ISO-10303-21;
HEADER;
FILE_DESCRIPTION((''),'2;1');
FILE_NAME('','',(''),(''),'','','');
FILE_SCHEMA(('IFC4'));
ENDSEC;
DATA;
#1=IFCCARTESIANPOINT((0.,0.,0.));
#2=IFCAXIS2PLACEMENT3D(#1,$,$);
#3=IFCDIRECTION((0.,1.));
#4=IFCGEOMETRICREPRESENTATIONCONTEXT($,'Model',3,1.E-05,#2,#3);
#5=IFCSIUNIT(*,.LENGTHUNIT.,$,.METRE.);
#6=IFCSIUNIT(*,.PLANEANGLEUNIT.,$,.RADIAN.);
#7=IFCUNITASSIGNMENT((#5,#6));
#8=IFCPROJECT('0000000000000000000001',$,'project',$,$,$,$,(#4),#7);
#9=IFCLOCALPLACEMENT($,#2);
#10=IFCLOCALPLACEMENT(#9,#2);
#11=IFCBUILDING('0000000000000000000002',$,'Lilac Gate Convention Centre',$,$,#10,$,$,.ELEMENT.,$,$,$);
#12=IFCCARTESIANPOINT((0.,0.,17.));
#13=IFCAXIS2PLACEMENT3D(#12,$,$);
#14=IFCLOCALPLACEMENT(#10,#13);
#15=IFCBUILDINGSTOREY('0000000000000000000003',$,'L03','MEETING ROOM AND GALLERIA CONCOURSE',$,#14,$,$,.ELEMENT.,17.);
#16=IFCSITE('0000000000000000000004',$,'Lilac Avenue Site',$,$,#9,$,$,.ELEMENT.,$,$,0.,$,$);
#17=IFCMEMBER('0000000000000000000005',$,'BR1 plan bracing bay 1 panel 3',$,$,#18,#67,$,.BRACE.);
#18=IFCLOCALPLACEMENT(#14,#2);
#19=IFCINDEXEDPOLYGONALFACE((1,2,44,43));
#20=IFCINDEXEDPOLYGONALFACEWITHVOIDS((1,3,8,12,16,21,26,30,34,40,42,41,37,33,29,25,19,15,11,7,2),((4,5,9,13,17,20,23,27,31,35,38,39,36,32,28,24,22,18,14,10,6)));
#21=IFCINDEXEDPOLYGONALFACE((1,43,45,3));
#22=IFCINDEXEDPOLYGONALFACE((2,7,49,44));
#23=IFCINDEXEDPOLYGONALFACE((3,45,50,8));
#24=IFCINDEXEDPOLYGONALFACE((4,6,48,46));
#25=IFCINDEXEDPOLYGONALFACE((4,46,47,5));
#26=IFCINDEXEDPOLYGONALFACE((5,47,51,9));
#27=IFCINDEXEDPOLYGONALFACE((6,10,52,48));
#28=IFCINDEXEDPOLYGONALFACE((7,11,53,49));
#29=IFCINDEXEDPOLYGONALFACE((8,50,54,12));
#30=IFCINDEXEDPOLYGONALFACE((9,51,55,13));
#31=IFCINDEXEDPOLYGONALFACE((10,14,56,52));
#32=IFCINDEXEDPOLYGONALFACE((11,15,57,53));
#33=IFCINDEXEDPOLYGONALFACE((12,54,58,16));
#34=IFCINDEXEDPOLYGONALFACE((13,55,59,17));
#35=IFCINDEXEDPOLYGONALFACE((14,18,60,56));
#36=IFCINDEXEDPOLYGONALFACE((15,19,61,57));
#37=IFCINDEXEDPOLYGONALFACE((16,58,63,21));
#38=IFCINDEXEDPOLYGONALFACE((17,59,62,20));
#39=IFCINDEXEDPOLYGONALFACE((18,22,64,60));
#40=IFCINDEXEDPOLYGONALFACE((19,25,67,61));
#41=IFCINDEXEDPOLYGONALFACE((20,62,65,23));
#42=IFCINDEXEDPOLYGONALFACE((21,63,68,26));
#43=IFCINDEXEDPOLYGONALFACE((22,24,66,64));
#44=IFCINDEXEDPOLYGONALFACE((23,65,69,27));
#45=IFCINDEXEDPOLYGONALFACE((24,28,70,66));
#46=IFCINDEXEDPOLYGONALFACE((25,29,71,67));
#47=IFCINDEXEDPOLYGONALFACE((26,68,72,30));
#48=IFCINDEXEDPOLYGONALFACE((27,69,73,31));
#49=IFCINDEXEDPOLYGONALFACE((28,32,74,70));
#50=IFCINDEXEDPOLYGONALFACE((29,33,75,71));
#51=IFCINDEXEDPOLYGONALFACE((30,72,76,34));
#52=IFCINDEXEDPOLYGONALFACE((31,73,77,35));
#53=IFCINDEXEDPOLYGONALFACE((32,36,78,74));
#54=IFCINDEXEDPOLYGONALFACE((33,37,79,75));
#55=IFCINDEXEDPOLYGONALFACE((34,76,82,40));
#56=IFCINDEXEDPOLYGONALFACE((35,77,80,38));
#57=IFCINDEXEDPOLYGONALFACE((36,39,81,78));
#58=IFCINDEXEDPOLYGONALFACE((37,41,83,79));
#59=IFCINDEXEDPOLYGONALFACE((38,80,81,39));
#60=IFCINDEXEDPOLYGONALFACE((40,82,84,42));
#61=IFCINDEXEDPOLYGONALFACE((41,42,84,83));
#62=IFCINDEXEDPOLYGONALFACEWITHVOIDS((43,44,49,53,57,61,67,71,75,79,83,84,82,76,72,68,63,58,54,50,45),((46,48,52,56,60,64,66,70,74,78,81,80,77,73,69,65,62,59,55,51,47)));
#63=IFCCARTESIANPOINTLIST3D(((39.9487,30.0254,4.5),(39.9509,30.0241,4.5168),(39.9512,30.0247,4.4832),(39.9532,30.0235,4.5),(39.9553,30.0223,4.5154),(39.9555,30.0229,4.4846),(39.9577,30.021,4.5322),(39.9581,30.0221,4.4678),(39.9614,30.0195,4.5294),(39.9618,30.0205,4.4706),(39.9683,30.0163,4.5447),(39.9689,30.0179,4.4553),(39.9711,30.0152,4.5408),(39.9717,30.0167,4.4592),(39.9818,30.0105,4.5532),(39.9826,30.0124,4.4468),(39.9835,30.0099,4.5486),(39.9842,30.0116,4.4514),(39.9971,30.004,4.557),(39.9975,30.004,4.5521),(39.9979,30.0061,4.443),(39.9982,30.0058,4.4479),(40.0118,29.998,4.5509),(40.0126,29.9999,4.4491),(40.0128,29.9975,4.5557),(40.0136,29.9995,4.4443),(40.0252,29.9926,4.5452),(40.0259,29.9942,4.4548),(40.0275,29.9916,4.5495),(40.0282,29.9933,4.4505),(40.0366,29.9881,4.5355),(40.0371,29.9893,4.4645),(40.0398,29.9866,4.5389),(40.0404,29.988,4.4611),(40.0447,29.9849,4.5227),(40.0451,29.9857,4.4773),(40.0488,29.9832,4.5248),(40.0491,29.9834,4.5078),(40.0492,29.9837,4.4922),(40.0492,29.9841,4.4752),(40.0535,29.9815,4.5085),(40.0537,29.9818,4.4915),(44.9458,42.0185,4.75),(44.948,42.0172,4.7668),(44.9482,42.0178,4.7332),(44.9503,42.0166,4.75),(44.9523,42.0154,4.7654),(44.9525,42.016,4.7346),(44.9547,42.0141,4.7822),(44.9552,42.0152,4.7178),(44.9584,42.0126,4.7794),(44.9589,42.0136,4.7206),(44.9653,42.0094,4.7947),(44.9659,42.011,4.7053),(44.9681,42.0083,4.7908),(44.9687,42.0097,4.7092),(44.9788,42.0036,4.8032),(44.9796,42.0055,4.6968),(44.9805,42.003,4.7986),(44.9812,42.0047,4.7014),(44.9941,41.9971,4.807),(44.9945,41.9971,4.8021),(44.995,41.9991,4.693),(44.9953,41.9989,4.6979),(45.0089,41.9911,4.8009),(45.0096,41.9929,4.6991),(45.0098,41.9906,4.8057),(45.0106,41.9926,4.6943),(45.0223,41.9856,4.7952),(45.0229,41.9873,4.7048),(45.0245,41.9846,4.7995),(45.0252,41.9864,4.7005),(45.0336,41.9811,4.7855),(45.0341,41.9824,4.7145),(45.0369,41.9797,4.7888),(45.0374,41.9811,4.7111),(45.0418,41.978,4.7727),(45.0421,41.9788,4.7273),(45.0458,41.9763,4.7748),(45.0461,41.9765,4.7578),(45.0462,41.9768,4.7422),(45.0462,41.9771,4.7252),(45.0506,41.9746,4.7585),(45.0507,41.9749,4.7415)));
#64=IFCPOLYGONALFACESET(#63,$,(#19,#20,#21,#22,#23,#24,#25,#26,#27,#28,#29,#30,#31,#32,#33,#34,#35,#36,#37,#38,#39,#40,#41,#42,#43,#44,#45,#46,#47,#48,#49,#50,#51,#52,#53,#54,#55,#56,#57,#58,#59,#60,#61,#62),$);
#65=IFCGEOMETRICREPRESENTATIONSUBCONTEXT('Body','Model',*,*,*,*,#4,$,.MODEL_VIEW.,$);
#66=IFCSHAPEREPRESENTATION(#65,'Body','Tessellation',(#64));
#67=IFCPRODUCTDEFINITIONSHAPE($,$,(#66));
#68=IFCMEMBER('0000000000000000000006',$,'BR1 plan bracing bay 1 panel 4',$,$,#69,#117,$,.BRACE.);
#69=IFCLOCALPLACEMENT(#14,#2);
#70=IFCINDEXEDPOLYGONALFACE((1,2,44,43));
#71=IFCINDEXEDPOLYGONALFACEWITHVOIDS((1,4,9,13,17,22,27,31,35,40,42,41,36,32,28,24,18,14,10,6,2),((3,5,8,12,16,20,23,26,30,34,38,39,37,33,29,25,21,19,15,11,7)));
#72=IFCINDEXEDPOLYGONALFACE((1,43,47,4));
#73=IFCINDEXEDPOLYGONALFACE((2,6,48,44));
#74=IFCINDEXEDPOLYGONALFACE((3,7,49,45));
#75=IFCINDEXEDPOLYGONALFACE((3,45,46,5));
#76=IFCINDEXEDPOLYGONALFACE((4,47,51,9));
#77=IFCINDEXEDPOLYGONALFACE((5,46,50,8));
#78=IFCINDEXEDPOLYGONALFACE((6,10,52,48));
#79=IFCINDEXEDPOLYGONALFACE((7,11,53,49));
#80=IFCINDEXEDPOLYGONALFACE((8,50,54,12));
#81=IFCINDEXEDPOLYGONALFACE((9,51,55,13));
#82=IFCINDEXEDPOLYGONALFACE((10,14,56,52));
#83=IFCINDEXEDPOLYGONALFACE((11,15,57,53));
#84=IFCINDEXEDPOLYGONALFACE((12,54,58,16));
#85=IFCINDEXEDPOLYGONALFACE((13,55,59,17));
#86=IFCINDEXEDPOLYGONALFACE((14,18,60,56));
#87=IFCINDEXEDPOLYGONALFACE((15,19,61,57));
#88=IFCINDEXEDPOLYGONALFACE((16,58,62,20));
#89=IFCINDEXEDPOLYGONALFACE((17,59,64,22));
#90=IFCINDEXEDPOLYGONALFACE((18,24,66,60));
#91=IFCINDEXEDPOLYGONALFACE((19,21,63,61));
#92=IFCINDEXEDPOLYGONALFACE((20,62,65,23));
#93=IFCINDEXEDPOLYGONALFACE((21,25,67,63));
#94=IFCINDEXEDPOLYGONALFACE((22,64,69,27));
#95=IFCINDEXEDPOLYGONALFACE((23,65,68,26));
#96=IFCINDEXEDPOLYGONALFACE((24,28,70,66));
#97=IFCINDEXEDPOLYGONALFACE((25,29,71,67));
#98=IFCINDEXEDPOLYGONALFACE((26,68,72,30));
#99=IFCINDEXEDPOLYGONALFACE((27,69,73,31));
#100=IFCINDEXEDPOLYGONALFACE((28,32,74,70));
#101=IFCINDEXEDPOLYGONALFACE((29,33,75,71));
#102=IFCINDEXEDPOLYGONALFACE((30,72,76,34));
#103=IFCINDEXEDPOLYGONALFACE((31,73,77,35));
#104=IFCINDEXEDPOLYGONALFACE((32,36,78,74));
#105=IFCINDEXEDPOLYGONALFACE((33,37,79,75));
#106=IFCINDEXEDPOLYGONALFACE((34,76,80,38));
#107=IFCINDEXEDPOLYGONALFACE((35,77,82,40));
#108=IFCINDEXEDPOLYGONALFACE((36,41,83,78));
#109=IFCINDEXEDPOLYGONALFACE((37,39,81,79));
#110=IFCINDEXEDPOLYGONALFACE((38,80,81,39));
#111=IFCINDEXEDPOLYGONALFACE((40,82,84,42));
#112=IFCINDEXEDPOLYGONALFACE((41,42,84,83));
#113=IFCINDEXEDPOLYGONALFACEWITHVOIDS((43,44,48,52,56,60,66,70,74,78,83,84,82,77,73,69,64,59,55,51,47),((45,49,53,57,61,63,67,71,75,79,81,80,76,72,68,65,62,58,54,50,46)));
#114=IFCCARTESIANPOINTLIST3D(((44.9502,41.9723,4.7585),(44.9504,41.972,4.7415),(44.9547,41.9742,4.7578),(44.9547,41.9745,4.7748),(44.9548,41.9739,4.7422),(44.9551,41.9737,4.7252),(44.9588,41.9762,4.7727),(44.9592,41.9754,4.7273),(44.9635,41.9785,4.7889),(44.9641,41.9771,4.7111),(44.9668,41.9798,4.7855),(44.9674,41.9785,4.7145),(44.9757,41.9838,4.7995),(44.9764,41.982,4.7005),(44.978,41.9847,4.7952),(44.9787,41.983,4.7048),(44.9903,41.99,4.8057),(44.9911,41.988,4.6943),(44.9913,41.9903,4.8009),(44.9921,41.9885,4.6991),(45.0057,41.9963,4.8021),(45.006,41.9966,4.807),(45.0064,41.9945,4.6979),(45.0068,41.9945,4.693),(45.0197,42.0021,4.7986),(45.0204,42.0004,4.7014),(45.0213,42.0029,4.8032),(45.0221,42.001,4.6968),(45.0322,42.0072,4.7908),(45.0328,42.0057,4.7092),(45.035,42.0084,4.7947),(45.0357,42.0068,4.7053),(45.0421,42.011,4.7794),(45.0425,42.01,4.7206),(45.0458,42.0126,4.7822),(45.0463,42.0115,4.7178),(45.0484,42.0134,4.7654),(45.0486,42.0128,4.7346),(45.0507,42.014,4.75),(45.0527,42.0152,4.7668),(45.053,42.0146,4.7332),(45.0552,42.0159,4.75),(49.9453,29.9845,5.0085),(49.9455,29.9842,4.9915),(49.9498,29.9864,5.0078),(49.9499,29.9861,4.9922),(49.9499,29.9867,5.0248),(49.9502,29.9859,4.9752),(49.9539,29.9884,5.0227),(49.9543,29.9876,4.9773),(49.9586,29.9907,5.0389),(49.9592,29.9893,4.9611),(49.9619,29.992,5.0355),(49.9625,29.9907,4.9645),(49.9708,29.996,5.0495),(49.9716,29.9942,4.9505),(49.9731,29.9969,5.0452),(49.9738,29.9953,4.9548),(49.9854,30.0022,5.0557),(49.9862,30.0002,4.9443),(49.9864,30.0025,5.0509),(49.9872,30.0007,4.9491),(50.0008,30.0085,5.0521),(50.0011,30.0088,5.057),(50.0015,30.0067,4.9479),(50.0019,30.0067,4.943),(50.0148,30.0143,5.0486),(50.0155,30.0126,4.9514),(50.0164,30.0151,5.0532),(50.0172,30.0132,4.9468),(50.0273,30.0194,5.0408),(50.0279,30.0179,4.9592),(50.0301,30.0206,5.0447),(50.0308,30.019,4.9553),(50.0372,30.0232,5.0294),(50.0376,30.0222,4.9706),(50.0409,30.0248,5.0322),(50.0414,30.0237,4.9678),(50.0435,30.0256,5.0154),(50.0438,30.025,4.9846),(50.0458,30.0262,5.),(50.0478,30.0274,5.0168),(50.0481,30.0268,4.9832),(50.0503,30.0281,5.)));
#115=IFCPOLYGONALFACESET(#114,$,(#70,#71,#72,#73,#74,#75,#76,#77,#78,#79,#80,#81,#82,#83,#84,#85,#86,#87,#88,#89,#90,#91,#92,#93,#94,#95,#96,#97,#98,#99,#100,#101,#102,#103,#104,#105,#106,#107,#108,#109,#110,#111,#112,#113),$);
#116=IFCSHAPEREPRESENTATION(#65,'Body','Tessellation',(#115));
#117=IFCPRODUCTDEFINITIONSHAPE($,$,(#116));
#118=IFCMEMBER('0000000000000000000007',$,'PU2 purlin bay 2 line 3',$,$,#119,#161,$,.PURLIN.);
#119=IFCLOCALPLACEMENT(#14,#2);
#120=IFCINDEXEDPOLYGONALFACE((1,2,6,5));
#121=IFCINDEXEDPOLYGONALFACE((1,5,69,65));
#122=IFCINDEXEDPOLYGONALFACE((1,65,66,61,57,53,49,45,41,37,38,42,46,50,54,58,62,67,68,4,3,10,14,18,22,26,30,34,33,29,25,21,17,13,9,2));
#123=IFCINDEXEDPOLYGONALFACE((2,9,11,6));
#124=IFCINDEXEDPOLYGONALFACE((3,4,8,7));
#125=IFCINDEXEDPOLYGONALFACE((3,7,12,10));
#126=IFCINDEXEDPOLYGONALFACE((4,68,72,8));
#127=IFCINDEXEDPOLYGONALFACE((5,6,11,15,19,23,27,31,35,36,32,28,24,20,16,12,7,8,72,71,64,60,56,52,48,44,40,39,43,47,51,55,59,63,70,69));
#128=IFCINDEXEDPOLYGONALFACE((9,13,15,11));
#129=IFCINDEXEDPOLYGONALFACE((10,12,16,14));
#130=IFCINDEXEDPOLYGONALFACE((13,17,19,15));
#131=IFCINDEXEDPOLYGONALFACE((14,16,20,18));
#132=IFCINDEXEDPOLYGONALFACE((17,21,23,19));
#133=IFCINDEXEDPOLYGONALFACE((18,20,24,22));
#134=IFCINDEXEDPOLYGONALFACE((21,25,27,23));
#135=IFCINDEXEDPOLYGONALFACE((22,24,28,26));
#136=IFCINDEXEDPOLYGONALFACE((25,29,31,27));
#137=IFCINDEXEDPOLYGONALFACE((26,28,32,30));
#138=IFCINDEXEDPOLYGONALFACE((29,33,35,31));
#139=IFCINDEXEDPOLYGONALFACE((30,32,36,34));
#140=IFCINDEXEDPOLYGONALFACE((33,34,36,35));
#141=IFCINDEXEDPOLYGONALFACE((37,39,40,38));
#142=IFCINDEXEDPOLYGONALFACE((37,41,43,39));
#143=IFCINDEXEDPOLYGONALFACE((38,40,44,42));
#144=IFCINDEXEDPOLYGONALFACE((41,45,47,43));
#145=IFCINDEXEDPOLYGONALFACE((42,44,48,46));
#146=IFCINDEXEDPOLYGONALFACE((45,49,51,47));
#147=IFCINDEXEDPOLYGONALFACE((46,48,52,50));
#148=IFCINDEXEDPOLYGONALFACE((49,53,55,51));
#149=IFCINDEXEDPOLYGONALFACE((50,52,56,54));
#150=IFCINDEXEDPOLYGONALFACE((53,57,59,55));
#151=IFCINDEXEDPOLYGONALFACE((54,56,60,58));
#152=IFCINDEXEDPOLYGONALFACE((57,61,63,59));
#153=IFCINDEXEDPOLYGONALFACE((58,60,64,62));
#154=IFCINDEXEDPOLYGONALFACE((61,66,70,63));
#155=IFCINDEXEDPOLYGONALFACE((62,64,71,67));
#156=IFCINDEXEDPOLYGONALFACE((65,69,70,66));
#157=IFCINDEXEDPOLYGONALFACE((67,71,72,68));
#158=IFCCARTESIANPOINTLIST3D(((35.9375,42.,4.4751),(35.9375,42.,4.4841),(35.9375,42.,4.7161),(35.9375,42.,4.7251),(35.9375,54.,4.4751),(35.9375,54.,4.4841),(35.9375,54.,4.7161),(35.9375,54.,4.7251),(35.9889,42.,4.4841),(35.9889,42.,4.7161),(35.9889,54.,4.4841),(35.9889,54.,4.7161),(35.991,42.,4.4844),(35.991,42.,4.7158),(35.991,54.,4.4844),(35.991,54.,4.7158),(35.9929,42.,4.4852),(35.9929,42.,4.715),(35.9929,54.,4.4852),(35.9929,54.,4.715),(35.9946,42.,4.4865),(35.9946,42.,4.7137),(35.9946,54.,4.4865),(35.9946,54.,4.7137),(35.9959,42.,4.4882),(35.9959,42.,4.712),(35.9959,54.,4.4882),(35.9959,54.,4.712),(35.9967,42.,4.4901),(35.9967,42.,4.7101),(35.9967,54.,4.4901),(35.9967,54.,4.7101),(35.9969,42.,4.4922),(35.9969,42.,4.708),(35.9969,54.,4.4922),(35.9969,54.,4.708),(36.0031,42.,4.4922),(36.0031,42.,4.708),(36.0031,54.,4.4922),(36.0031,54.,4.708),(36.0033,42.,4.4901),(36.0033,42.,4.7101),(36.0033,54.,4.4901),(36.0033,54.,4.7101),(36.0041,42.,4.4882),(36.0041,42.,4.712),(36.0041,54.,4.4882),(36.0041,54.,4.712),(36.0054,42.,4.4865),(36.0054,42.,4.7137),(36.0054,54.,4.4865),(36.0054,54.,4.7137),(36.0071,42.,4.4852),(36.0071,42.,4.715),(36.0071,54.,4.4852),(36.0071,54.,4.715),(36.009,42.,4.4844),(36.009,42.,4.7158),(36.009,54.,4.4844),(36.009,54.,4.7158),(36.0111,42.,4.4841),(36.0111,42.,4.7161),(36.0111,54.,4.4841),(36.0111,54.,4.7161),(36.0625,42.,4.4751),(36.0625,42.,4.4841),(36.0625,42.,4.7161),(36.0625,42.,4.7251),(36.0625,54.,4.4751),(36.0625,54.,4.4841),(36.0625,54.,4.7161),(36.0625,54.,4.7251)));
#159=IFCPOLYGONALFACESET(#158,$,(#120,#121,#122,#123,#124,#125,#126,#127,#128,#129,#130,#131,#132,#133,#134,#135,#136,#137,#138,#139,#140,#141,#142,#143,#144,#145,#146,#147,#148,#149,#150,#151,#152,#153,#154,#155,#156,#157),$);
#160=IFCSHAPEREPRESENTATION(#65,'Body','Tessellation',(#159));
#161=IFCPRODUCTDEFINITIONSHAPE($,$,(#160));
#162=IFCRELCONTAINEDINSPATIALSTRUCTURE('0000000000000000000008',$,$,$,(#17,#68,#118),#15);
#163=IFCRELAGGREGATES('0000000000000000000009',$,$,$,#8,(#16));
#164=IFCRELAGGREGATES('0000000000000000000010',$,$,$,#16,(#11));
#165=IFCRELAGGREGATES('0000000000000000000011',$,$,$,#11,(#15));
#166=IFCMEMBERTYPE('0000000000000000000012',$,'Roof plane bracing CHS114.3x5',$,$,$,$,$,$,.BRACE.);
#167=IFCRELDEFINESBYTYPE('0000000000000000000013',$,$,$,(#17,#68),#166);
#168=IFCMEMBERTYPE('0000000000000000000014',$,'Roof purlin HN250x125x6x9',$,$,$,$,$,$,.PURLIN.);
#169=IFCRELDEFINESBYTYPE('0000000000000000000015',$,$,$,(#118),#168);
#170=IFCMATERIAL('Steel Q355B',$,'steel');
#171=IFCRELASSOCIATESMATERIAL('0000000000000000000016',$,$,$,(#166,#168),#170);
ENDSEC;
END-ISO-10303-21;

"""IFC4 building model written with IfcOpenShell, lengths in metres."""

from ifc_helpers import new_model, si_unit, direction, frame, origin, origin_2d, place, context, subcontext, project, spatial, hollow_circle, i_section, extrude, material, material_profile, profile_set, type_object, element, save


model = new_model("IFC4")

# Units and contexts
model_context = context("Model", 3, precision=1e-05, world=origin(), true_north=direction((0.0, 1.0)))
body_context = subcontext(model_context, "Body", "Model", "MODEL_VIEW")
ifc_project = project(units=[si_unit("LENGTHUNIT", "METRE"), si_unit("PLANEANGLEUNIT", "RADIAN")], contexts=[model_context])

# Site, building, storey
site_placement = place(None, origin())
site = spatial("IfcSite", under=ifc_project, at=site_placement, Name="Lilac Avenue Site", CompositionType="ELEMENT", RefElevation=0.0)
building_placement = place(site_placement, origin())
building = spatial("IfcBuilding", under=site, at=building_placement, Name="Lilac Gate Convention Centre", CompositionType="ELEMENT")
storey_placement = place(building_placement, frame((0.0, 0.0, 17.0)))
storey = spatial("IfcBuildingStorey", under=building, at=storey_placement, Name="L03", Description="MEETING ROOM AND GALLERIA CONCOURSE", CompositionType="ELEMENT", Elevation=17.0)

# Members
ifc_material = material(Name="Steel Q355B", Category="steel")
ifc_material_profile_1 = material_profile(ifc_material, hollow_circle(Radius=0.0571, WallThickness=0.0049, at=origin_2d()), Name="CHS114.3x5")
ifc_profile_set_1 = profile_set([ifc_material_profile_1], Name="Steel Q355B")
member_type_1 = type_object("IfcMemberType", Name="Roof plane bracing CHS114.3x5", PredefinedType="BRACE", material=ifc_profile_set_1)
for number, where, z_axis, x_axis, name in (
    (1, (40.0015, 30.0034, 4.5), (0.384539, 0.922908, 0.019238), (-0.923079, 0.38461, 0.0), "BR1 plan bracing bay 1 panel 3"),
):
    element("IfcMember", number, at=place(storey_placement, frame(where, z_axis=z_axis, x_axis=x_axis)), inside=storey, type_object=member_type_1, Name=name, PredefinedType="BRACE", context=body_context, shape_type="SweptSolid", body=[
        extrude(hollow_circle(Radius=0.0571, WallThickness=0.0049, at=origin_2d()), origin(), (0.0, 0.0, 1.0), 12.9949),
    ])
member_1_placement = place(storey_placement, frame((45.0024, 41.9939, 4.75), z_axis=(0.384557, -0.9229, 0.019247), x_axis=(0.923071, 0.384629, 0.0)))
element("IfcMember", 2, at=member_1_placement, inside=storey, type_object=member_type_1, Name="BR1 plan bracing bay 1 panel 4", PredefinedType="BRACE", context=body_context, shape_type="SweptSolid", body=[
    extrude(hollow_circle(Radius=0.0571, WallThickness=0.0049, at=origin_2d()), origin(), (0.0, 0.0, 1.0), 12.9893),
])
ifc_material_profile_2 = material_profile(ifc_material, i_section(OverallWidth=0.125, OverallDepth=0.25, WebThickness=0.0061, FlangeThickness=0.009, FilletRadius=0.0081, at=origin_2d()), Name="HN250x125x6x9")
ifc_profile_set_2 = profile_set([ifc_material_profile_2], Name="Steel Q355B")
member_type_2 = type_object("IfcMemberType", Name="Roof purlin HN250x125x6x9", PredefinedType="PURLIN", material=ifc_profile_set_2)
member_2_placement = place(storey_placement, frame((36.0, 42.0, 4.6001), z_axis=(0.0, 1.0, 0.0), x_axis=(-1.0, 0.0, 0.0)))
element("IfcMember", 3, at=member_2_placement, inside=storey, type_object=member_type_2, Name="PU2 purlin bay 2 line 3", PredefinedType="PURLIN", context=body_context, shape_type="SweptSolid", body=[
    extrude(i_section(OverallWidth=0.125, OverallDepth=0.25, WebThickness=0.0061, FlangeThickness=0.009, FilletRadius=0.0081, at=origin_2d()), origin(), (0.0, 0.0, 1.0), 12.0),
])

save(model, "model.ifc")
